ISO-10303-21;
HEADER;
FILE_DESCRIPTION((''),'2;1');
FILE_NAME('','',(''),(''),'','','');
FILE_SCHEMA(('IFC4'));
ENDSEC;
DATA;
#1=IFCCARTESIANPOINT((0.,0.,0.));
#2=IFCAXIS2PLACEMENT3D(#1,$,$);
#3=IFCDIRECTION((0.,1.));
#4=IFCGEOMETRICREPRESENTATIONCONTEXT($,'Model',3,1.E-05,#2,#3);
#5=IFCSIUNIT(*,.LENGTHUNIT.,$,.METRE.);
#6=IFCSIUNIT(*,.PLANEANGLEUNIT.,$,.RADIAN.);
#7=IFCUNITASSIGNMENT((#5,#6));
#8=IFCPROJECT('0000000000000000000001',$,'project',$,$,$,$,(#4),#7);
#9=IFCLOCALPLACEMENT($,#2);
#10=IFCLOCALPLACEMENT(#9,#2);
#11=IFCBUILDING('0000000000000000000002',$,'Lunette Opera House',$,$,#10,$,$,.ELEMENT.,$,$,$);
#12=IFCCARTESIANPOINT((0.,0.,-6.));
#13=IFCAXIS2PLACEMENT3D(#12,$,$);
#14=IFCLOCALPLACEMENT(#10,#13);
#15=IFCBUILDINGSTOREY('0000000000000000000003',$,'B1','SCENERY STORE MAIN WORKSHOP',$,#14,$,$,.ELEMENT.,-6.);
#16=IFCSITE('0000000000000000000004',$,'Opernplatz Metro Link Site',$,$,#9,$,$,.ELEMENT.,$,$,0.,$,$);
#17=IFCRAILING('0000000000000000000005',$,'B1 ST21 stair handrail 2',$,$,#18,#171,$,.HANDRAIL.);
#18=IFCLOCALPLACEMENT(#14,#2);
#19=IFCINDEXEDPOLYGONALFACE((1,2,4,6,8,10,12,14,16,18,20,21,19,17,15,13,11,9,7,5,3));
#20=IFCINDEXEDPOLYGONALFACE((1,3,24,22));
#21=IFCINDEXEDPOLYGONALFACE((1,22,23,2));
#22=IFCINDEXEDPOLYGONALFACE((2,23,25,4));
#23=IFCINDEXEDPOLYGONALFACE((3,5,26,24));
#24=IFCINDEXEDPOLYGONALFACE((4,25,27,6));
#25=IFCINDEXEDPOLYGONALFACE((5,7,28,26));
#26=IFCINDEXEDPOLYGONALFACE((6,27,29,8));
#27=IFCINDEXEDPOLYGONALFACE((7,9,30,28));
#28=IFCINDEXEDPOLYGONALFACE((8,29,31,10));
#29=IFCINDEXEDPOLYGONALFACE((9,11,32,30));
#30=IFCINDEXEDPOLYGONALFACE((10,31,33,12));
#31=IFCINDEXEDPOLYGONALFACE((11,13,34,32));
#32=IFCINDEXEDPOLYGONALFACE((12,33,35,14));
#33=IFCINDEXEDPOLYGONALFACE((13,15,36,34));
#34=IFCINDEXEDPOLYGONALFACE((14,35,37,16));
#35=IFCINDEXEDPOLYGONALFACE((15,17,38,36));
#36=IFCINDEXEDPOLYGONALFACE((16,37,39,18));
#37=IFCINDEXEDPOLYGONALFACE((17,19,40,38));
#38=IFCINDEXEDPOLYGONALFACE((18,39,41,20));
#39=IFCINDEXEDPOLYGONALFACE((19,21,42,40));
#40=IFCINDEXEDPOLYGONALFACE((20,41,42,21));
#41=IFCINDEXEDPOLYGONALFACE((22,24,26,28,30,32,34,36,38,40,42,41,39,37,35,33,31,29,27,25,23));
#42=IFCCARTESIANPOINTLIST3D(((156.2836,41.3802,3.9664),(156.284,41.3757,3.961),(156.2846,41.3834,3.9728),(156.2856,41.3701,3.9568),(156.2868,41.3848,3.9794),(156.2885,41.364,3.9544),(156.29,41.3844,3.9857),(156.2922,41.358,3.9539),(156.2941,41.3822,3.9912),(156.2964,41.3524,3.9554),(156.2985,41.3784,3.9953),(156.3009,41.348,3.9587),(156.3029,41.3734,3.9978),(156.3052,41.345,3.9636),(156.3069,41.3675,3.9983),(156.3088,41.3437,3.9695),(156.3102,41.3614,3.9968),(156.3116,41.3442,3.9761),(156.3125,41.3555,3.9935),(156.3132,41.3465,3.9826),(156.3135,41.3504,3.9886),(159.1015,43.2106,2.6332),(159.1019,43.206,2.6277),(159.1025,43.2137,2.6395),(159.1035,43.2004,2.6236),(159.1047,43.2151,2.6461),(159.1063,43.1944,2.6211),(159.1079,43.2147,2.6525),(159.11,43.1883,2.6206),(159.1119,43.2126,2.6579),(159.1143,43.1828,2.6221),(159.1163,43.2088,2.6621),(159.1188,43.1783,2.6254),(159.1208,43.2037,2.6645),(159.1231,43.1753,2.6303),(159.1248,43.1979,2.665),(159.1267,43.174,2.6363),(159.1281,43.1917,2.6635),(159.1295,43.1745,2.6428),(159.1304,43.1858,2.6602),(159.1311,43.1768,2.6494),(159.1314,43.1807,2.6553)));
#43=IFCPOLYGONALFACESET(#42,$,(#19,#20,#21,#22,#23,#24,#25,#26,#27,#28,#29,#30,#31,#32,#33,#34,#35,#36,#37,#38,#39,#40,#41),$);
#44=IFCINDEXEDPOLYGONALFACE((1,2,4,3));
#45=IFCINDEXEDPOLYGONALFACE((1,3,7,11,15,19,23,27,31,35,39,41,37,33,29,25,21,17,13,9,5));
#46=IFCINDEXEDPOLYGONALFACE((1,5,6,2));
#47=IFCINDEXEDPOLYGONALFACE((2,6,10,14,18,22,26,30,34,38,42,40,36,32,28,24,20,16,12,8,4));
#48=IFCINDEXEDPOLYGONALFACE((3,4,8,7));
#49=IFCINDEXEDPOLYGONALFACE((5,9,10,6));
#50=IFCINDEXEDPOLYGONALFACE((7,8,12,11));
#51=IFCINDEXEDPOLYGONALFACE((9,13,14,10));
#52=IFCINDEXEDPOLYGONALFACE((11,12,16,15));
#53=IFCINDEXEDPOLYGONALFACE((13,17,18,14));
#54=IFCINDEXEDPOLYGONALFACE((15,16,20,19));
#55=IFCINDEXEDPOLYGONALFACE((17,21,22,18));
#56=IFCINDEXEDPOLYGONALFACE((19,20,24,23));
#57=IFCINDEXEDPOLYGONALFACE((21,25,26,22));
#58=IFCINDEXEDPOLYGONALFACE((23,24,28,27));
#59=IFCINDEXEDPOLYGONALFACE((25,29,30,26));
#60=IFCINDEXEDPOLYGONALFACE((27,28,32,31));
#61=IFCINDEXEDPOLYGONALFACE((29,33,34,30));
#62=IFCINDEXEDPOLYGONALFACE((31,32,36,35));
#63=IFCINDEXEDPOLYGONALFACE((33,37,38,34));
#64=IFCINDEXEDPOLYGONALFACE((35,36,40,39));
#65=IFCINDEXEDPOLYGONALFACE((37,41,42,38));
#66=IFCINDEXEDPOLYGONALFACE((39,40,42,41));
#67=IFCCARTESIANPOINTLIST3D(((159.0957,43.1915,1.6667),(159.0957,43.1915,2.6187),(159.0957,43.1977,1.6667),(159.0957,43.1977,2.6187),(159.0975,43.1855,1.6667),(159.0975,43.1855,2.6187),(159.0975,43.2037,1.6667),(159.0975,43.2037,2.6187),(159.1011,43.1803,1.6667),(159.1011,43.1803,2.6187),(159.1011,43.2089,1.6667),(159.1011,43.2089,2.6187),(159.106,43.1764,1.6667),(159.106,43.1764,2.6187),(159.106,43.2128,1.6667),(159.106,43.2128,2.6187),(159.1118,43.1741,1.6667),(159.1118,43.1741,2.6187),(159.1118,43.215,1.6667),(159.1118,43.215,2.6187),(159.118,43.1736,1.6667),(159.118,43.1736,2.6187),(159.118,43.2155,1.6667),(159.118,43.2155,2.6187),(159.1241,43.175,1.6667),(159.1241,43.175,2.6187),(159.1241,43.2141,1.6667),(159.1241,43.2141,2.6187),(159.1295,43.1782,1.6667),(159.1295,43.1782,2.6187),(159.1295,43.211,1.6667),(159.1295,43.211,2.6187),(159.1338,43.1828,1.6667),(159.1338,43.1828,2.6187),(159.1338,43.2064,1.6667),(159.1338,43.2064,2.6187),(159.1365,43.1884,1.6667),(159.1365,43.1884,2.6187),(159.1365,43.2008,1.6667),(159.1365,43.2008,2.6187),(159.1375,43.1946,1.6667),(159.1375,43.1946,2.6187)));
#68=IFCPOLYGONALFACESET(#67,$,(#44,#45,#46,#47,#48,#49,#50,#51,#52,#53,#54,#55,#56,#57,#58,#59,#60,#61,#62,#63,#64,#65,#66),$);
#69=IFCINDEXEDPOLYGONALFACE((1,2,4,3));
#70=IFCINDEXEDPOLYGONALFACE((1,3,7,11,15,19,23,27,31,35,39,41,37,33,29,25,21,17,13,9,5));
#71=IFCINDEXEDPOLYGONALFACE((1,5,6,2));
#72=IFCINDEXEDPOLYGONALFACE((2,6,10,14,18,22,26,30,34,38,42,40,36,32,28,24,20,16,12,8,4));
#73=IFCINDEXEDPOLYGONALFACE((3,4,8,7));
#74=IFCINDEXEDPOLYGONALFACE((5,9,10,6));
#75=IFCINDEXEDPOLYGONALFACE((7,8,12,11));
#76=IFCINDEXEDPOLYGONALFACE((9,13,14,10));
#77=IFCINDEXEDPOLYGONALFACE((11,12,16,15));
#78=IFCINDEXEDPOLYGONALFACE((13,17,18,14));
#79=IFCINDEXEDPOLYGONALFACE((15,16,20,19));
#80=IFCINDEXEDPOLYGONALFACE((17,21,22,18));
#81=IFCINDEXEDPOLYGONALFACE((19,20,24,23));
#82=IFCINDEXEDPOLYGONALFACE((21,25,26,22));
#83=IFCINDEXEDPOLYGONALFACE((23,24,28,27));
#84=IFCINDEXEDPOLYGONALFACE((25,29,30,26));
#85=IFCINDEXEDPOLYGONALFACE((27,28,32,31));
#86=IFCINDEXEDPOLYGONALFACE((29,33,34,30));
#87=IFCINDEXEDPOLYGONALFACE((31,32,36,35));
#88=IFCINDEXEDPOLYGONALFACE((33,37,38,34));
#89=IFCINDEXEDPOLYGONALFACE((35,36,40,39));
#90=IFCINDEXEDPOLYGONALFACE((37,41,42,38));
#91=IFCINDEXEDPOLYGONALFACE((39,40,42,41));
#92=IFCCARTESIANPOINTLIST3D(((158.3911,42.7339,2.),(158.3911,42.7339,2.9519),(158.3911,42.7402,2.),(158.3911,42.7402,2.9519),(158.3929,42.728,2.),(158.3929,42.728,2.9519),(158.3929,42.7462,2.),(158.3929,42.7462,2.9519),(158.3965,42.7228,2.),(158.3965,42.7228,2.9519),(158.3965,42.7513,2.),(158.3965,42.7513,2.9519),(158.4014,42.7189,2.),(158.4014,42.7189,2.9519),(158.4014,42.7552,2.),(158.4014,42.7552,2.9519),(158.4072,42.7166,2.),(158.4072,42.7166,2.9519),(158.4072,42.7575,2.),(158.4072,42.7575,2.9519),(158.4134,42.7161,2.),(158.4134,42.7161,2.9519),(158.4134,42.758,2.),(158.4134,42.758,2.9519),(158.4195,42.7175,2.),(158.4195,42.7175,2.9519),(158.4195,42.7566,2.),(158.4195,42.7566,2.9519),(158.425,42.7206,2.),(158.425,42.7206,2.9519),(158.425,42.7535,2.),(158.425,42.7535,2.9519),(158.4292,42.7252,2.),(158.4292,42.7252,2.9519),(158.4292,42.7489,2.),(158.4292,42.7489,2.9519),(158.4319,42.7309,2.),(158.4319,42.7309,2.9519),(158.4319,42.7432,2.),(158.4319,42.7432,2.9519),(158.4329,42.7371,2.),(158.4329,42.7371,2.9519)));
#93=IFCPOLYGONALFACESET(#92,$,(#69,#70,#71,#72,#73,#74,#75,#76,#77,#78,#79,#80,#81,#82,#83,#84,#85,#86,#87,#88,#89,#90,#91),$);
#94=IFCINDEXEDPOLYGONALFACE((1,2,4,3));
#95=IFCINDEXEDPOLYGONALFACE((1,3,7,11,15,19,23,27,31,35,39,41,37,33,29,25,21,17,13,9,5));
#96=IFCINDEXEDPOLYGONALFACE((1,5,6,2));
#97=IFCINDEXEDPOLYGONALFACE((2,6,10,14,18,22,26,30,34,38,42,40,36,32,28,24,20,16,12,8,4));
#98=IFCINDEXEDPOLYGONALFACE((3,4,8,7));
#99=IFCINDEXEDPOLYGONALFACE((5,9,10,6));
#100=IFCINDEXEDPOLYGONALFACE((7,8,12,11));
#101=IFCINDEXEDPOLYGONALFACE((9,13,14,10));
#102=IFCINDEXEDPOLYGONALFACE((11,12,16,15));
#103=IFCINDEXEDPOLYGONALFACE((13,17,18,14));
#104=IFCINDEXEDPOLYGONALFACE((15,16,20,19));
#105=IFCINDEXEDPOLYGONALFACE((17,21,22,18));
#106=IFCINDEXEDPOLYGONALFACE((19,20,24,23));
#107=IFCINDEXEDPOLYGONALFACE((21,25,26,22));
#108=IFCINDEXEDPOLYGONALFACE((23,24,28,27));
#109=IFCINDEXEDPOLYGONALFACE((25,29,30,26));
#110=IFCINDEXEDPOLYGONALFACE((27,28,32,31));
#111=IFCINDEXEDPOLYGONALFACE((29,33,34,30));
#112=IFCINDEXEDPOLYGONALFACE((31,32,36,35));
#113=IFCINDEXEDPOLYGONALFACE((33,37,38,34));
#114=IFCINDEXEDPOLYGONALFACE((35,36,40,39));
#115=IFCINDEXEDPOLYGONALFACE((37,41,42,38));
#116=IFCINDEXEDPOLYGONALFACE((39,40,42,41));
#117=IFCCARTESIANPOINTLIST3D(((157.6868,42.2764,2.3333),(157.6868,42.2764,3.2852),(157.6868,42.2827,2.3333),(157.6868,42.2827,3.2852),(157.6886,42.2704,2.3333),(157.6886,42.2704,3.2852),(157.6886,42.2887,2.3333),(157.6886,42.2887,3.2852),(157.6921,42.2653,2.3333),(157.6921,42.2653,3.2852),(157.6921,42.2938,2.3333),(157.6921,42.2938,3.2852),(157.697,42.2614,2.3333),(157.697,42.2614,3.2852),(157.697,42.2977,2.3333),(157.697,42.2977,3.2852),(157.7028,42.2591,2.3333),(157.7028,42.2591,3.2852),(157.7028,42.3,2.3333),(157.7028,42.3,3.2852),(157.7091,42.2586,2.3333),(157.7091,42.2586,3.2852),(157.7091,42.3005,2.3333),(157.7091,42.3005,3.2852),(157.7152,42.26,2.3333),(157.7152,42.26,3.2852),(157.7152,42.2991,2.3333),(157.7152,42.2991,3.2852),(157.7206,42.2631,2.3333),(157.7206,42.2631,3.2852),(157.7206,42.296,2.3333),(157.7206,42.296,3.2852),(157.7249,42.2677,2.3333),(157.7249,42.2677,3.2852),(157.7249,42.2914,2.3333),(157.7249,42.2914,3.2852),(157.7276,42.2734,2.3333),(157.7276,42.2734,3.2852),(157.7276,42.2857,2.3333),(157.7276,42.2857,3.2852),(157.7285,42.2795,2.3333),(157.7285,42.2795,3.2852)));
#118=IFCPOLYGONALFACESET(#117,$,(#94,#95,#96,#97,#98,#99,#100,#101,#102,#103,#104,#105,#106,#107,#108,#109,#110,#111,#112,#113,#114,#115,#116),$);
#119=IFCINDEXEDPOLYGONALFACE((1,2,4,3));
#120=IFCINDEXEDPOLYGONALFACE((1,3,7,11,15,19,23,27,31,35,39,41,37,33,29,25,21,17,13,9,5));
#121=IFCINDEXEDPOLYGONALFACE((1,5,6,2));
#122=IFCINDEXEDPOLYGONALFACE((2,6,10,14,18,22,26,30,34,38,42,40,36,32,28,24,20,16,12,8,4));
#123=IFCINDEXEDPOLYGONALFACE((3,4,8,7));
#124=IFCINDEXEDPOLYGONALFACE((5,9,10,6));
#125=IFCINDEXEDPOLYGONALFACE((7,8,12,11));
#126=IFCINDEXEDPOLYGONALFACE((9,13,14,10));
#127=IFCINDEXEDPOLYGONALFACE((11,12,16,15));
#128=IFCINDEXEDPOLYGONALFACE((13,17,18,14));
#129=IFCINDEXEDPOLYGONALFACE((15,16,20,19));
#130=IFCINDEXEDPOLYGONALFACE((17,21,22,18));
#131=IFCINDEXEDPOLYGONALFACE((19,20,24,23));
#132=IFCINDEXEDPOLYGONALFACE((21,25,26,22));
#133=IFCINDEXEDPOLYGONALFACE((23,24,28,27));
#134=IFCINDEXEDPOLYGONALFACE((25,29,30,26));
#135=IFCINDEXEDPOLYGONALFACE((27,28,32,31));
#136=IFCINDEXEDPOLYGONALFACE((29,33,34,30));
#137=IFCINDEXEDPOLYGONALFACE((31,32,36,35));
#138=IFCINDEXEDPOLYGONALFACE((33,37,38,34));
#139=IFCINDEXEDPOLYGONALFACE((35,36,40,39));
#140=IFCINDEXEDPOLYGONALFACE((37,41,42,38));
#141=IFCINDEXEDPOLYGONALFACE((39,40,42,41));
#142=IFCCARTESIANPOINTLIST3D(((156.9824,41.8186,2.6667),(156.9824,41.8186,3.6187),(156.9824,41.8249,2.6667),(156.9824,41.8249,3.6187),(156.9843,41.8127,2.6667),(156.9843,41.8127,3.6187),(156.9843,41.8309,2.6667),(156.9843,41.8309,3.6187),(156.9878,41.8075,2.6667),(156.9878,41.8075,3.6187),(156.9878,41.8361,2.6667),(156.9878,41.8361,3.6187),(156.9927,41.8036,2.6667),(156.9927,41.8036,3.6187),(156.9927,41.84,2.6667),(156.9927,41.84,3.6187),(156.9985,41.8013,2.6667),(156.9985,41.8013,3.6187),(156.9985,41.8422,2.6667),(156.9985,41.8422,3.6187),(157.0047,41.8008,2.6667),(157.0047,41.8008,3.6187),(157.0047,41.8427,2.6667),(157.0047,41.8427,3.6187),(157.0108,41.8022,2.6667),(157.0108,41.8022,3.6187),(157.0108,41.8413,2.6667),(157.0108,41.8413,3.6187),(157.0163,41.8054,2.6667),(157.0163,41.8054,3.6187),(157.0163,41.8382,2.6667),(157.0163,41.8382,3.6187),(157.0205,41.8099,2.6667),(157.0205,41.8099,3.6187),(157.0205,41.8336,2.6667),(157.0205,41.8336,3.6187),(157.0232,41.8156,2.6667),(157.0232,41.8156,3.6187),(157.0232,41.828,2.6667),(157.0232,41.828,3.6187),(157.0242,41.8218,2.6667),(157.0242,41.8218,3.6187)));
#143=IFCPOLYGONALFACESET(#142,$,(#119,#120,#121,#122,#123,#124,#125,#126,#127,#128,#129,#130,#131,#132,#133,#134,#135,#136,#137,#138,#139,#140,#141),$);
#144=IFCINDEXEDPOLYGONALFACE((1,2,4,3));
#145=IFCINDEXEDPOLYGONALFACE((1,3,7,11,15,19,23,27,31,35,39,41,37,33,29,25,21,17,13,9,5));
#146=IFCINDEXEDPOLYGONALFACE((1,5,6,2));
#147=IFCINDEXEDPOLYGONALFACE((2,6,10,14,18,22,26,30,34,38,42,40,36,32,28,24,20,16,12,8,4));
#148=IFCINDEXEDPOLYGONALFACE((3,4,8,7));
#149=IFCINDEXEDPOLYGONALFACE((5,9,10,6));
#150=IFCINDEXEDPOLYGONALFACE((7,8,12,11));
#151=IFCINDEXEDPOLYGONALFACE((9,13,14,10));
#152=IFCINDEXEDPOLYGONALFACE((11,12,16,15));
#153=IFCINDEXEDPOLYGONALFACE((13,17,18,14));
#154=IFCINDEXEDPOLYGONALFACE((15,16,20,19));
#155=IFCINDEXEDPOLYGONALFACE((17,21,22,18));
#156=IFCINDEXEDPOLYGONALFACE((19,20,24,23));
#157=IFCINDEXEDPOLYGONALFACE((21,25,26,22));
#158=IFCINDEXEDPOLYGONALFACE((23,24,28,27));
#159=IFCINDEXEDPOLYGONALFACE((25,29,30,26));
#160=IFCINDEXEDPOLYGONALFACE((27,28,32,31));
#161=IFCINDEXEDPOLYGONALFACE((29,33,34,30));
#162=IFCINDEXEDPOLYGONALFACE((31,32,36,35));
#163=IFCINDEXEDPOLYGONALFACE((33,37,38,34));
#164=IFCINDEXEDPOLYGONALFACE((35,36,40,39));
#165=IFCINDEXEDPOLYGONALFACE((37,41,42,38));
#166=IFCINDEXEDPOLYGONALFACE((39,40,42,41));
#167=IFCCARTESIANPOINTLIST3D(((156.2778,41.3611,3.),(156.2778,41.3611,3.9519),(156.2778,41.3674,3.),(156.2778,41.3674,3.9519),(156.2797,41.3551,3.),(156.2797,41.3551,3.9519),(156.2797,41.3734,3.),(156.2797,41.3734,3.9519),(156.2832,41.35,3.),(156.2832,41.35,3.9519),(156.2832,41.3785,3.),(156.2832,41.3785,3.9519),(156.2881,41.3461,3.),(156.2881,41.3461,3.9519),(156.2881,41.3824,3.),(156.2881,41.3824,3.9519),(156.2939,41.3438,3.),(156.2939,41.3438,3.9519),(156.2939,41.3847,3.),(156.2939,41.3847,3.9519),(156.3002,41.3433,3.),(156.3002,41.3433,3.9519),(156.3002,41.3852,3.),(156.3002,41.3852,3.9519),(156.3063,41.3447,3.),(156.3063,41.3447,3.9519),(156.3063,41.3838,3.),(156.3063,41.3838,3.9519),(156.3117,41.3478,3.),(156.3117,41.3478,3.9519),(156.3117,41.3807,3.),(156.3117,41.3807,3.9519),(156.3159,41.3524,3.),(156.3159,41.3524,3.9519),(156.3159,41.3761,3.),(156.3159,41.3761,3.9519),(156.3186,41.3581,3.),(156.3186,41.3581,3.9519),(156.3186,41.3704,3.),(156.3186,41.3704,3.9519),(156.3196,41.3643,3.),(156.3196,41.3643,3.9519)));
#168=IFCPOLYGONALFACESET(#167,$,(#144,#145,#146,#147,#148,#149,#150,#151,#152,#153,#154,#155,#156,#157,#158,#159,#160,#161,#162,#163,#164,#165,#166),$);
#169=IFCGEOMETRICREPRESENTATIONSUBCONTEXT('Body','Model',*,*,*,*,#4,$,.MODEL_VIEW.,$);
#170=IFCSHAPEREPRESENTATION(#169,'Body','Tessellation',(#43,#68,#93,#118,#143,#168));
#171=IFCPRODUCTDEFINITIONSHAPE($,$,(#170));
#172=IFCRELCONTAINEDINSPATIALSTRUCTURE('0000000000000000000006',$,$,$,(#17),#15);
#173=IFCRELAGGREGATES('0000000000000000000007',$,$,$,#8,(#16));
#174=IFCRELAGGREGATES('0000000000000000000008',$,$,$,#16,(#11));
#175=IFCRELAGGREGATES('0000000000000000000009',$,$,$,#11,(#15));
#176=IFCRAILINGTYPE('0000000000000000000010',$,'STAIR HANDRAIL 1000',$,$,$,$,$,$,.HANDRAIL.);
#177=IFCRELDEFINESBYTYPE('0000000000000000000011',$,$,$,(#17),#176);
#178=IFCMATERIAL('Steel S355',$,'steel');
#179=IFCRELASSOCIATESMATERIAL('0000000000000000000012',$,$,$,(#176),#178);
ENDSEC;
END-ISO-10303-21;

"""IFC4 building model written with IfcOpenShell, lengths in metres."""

from ifc_helpers import new_model, si_unit, direction, frame, origin, origin_2d, place, context, subcontext, project, spatial, circle, extrude, material, type_object, element, save


model = new_model("IFC4")

# Units and contexts
model_context = context("Model", 3, precision=1e-05, world=origin(), true_north=direction((0.0, 1.0)))
body_context = subcontext(model_context, "Body", "Model", "MODEL_VIEW")
ifc_project = project(units=[si_unit("LENGTHUNIT", "METRE"), si_unit("PLANEANGLEUNIT", "RADIAN")], contexts=[model_context])

# Site, building, storey
site_placement = place(None, origin())
site = spatial("IfcSite", under=ifc_project, at=site_placement, Name="Opernplatz Metro Link Site", CompositionType="ELEMENT", RefElevation=0.0)
building_placement = place(site_placement, origin())
building = spatial("IfcBuilding", under=site, at=building_placement, Name="Lunette Opera House", CompositionType="ELEMENT")
storey_placement = place(building_placement, frame((0.0, 0.0, -6.0)))
storey = spatial("IfcBuildingStorey", under=building, at=storey_placement, Name="B1", Description="SCENERY STORE MAIN WORKSHOP", CompositionType="ELEMENT", Elevation=-6.0)

# Railing
ifc_material_1 = material(Name="Steel S355", Category="steel")
railing_type_1 = type_object("IfcRailingType", Name="STAIR HANDRAIL 1000", PredefinedType="HANDRAIL", material=ifc_material_1)
for number, where, name in (
    (1, (159.1165, 43.1946, 1.6667), "B1 ST21 stair handrail 2"),
):
    element("IfcRailing", number, at=place(storey_placement, frame(where)), inside=storey, type_object=railing_type_1, Name=name, PredefinedType="HANDRAIL", context=body_context, shape_type="SweptSolid", body=[
        extrude(circle(Radius=0.0239, at=origin_2d()), frame((0.0, 0.0, 0.9761), z_axis=(-0.7795, -0.506317, 0.368814), x_axis=(0.544718, -0.83862, 0.0)), (0.0, 0.0, 1.0), 3.615),
        extrude(circle(Radius=0.021, at=origin_2d()), origin(), (0.0, 0.0, 1.0), 0.9519),
        extrude(circle(Radius=0.021, at=origin_2d()), frame((-0.7046, -0.4575, 0.3333)), (0.0, 0.0, 1.0), 0.9519),
        extrude(circle(Radius=0.021, at=origin_2d()), frame((-1.4089, -0.915, 0.6665)), (0.0, 0.0, 1.0), 0.9519),
        extrude(circle(Radius=0.021, at=origin_2d()), frame((-2.1133, -1.3728, 1.0)), (0.0, 0.0, 1.0), 0.9519),
        extrude(circle(Radius=0.021, at=origin_2d()), frame((-2.8179, -1.8303, 1.3333)), (0.0, 0.0, 1.0), 0.9519),
    ])

save(model, "model.ifc")
